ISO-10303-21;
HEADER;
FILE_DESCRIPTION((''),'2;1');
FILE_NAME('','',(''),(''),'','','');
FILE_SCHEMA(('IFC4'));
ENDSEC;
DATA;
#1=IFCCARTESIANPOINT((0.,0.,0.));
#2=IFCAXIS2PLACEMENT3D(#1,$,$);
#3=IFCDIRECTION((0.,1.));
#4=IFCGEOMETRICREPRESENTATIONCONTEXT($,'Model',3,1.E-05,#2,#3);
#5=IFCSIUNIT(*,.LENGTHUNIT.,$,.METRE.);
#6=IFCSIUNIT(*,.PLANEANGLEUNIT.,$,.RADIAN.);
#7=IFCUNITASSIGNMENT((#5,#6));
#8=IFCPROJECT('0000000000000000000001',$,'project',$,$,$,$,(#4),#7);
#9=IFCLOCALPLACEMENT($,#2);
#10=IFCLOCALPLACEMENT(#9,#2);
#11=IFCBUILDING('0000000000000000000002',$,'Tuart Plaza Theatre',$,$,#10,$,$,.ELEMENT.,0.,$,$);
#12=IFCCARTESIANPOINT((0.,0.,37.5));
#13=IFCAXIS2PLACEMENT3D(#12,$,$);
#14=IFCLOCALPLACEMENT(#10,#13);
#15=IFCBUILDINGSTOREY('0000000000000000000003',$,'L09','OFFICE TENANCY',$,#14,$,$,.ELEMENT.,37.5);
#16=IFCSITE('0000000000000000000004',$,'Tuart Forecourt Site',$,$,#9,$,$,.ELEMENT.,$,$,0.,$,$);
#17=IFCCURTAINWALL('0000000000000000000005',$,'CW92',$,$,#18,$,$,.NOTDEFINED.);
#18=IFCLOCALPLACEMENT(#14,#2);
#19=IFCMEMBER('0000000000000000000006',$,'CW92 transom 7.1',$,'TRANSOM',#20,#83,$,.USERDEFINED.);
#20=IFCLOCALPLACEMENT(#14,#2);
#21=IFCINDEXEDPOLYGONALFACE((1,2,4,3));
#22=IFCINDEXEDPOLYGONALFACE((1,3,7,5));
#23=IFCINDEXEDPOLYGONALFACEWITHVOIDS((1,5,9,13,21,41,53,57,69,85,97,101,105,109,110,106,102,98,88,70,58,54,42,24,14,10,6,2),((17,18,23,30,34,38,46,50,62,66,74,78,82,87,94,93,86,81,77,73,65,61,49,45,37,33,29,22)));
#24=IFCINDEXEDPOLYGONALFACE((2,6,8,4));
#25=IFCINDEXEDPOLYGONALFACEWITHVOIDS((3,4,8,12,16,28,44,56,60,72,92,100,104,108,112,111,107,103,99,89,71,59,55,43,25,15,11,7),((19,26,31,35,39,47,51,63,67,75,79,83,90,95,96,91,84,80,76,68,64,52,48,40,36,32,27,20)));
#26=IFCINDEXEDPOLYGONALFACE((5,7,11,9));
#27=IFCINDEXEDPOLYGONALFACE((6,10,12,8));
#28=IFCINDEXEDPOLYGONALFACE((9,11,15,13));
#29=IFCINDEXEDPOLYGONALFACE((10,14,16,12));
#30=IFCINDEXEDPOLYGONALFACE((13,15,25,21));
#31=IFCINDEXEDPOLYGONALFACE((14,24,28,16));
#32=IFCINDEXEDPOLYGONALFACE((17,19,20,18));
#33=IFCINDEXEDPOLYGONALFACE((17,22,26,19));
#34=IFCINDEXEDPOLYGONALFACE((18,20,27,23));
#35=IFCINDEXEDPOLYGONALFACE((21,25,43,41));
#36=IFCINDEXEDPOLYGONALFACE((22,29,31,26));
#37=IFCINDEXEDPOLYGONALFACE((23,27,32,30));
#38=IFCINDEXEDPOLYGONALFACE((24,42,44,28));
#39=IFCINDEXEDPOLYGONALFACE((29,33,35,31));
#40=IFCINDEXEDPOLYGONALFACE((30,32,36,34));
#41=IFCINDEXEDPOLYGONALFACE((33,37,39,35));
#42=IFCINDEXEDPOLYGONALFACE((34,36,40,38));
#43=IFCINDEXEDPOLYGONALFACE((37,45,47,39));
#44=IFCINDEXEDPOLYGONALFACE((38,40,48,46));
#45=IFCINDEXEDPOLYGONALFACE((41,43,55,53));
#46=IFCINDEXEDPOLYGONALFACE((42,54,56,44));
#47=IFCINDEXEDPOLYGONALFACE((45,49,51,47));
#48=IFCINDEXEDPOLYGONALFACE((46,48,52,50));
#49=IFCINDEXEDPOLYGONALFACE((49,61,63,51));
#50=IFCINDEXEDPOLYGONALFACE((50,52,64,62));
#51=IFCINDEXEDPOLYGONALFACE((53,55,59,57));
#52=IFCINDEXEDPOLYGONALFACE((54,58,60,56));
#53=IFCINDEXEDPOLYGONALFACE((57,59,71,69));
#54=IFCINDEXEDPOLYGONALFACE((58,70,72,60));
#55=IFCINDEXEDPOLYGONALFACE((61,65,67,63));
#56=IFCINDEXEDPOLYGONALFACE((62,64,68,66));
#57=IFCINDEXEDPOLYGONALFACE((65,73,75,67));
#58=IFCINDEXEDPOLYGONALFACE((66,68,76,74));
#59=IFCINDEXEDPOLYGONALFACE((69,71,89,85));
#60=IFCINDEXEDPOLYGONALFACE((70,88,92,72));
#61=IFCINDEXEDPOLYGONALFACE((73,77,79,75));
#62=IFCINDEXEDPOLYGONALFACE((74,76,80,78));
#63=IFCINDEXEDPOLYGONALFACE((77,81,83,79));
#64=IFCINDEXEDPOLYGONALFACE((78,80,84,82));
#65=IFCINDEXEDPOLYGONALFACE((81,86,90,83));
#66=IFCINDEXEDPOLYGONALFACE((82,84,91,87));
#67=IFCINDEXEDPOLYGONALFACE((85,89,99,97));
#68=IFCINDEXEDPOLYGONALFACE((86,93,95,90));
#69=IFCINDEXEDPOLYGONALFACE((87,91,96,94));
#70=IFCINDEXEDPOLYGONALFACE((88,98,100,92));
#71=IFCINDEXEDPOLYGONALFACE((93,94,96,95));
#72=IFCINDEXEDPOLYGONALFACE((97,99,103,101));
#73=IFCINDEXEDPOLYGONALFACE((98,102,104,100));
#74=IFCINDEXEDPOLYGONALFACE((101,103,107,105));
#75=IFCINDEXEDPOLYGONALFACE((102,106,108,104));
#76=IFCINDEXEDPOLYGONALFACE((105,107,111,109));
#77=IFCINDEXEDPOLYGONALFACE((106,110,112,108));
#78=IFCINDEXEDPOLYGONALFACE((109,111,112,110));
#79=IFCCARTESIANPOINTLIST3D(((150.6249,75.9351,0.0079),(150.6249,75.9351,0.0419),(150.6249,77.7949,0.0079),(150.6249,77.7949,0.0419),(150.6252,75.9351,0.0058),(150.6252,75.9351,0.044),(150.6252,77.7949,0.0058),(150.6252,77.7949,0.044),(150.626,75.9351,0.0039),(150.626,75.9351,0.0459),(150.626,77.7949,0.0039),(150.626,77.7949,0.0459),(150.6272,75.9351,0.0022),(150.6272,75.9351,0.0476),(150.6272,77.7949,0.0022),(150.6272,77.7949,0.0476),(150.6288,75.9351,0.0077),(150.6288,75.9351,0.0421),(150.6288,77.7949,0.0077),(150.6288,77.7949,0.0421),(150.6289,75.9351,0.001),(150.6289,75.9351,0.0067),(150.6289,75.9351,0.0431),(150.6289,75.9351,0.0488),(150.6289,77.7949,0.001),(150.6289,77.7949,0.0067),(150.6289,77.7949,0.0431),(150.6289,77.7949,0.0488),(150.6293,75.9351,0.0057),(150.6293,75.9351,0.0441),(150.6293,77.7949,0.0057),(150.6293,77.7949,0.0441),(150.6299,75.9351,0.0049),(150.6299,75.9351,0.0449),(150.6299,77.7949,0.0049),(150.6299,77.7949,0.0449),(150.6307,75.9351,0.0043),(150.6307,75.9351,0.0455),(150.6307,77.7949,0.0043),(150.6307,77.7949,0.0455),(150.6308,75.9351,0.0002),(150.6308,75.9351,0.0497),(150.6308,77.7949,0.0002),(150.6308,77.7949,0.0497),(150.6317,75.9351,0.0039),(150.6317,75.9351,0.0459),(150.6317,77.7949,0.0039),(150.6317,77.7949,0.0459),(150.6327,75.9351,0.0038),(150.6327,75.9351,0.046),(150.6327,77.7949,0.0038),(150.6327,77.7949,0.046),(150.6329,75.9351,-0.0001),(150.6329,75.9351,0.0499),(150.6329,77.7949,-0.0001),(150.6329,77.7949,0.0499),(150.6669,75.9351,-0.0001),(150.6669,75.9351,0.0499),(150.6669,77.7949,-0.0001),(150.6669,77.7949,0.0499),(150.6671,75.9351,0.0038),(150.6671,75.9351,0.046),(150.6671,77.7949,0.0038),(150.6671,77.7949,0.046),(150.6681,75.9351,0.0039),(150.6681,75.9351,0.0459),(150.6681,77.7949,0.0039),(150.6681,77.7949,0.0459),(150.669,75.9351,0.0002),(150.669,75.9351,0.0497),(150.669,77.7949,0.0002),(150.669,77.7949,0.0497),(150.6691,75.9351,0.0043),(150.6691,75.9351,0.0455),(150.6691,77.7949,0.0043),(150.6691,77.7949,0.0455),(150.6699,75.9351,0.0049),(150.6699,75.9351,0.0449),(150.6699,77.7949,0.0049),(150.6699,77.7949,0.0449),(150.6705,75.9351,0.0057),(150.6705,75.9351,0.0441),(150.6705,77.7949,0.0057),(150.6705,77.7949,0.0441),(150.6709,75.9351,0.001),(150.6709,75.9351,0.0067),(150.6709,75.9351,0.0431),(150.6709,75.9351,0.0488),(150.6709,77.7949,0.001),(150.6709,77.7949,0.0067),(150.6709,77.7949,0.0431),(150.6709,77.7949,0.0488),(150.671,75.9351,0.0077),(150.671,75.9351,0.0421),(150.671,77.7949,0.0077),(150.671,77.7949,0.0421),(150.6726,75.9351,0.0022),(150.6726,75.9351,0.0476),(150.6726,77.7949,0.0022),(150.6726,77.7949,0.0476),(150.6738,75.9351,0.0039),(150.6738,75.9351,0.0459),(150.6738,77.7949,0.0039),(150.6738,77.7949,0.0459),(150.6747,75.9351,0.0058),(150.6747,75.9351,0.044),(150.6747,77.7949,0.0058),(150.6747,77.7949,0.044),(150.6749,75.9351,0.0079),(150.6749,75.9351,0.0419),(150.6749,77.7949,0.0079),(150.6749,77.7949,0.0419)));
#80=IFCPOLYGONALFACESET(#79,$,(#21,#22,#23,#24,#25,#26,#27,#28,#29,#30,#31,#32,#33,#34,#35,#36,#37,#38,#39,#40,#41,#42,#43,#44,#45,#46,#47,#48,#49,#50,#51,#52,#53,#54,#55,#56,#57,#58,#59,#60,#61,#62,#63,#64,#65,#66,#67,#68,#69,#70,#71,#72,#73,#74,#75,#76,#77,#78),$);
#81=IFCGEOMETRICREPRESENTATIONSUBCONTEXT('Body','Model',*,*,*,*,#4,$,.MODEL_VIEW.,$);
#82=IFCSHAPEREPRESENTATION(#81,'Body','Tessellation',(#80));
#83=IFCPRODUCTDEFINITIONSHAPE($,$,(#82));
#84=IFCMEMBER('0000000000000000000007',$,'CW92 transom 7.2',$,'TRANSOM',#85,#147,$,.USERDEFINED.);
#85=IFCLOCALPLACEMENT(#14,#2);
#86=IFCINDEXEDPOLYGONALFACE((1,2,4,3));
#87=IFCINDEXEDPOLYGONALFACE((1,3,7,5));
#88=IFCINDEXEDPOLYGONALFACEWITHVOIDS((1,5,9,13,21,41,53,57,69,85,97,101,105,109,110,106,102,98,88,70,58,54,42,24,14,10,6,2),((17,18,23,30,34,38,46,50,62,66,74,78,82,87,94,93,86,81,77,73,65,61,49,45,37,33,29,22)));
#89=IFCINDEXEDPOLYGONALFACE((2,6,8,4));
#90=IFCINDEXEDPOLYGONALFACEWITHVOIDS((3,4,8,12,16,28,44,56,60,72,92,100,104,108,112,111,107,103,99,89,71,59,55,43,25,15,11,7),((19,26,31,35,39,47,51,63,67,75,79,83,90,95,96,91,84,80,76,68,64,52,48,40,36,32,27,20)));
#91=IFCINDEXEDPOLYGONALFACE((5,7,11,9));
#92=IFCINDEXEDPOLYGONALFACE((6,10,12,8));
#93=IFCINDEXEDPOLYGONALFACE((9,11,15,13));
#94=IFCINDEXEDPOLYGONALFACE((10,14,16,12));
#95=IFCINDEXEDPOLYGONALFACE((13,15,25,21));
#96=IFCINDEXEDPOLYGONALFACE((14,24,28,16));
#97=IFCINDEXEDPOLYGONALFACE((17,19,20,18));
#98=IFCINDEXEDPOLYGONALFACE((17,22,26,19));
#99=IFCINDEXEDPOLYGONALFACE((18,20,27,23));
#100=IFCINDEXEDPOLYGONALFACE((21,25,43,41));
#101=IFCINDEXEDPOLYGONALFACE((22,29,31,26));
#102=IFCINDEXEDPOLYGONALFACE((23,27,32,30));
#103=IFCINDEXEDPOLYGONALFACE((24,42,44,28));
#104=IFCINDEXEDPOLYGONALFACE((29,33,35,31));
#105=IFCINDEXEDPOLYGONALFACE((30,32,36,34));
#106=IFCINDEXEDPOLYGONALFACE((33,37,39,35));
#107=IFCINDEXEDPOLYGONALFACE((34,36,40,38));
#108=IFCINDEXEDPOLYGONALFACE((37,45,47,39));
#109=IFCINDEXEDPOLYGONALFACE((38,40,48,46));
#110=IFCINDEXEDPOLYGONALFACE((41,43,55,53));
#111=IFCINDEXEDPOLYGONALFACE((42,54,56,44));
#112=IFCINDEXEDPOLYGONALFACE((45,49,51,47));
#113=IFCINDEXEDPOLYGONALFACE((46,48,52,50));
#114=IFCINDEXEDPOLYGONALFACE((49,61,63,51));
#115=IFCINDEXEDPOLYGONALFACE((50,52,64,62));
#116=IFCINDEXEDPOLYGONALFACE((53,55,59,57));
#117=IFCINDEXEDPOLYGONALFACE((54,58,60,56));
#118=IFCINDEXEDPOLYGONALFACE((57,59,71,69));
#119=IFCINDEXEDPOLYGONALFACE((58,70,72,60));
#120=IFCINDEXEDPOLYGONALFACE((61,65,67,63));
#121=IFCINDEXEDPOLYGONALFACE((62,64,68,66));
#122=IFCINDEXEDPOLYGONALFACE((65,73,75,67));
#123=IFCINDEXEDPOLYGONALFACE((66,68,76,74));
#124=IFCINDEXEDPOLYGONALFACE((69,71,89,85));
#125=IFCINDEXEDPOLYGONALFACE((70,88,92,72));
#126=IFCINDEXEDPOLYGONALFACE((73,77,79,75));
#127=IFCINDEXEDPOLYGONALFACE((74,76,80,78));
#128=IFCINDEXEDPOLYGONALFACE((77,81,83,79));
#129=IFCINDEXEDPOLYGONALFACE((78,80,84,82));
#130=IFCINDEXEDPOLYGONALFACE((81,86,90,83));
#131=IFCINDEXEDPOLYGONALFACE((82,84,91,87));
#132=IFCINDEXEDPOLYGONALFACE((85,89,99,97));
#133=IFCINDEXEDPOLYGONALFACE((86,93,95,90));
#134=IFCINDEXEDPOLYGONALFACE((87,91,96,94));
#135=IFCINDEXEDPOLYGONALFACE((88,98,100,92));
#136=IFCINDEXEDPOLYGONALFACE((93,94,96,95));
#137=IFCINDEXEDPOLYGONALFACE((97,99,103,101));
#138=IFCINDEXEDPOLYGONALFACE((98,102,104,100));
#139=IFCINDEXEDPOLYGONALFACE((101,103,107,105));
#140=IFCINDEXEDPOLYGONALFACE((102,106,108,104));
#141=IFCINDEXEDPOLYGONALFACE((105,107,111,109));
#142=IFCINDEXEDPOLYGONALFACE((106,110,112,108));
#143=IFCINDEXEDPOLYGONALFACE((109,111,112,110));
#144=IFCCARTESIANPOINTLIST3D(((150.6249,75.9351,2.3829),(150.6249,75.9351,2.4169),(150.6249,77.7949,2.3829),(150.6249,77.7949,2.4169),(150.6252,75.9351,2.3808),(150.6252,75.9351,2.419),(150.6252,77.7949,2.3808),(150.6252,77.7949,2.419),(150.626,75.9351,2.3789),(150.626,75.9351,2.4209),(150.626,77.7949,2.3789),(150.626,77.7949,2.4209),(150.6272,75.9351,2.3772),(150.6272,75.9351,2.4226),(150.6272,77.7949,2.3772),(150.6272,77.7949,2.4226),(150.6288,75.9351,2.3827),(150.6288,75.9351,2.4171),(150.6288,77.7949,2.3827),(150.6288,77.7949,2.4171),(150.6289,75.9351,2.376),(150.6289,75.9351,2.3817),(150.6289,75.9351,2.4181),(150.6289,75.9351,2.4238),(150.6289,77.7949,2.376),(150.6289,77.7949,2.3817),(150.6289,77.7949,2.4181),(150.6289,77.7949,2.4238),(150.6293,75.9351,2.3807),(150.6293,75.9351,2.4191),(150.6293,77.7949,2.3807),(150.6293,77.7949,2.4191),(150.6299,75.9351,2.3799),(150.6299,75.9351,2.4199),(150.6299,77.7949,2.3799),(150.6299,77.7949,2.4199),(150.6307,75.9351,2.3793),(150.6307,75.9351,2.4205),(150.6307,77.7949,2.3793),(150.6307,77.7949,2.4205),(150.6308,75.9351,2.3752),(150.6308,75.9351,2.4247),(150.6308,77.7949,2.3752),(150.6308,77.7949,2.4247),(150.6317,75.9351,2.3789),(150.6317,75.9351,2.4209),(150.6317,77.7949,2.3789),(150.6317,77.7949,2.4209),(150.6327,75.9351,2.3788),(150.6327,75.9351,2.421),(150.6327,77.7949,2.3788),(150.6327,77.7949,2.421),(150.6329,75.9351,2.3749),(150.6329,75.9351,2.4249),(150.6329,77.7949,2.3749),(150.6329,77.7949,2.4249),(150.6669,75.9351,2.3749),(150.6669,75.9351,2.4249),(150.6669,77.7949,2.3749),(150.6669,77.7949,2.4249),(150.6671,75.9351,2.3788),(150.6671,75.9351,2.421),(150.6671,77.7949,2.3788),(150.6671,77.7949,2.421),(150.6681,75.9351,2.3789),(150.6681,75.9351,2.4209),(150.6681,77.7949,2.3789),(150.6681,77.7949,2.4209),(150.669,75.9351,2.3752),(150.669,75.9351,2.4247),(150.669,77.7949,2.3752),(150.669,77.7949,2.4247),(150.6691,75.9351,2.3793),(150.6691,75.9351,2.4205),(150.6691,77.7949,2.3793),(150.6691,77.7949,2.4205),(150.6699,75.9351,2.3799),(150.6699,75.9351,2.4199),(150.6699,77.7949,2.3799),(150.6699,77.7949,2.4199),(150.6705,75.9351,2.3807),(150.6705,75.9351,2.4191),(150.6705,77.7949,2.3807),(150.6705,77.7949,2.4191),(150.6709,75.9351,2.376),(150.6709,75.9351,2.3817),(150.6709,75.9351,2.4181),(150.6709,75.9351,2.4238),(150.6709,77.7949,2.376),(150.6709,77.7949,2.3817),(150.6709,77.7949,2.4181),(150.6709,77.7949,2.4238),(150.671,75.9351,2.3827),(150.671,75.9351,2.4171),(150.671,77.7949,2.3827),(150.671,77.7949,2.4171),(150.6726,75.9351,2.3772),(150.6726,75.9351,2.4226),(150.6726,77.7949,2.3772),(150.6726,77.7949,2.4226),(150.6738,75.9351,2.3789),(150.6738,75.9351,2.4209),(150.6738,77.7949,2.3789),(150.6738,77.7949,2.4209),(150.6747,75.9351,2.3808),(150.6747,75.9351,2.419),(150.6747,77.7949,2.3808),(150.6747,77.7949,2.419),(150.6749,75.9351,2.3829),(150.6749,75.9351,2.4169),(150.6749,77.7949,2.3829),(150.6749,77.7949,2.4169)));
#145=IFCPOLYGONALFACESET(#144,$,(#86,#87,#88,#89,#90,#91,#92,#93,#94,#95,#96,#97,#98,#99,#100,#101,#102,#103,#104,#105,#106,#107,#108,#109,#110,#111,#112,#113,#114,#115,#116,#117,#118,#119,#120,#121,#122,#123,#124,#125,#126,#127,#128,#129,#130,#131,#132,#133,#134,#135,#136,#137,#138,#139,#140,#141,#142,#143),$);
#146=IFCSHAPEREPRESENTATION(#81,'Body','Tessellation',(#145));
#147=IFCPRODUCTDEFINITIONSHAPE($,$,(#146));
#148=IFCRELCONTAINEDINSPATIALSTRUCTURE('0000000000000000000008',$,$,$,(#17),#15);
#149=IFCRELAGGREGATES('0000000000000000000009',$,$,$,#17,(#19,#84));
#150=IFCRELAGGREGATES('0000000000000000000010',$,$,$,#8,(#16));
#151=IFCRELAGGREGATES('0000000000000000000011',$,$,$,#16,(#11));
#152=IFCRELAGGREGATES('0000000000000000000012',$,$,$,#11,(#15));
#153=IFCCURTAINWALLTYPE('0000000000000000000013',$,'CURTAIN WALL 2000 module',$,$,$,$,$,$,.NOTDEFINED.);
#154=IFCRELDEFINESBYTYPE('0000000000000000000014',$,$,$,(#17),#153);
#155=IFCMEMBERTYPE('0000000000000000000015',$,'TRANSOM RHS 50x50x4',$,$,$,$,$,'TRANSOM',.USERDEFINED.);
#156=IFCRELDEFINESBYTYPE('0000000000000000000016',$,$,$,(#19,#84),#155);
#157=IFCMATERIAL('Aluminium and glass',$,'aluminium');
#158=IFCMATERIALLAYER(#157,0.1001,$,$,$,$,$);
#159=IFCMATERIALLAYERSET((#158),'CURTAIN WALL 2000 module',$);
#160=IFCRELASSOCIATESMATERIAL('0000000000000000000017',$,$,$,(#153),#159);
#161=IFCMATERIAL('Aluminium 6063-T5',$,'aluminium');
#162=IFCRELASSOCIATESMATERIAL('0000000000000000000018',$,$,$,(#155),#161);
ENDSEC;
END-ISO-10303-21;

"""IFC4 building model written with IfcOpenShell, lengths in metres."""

from ifc_helpers import new_model, si_unit, direction, frame, origin, origin_2d, place, context, subcontext, project, spatial, hollow_rectangle, extrude, material, layer, layer_set, material_profile, profile_set, type_object, element, aggregate, save


model = new_model("IFC4")

# Units and contexts
model_context = context("Model", 3, precision=1e-05, world=origin(), true_north=direction((0.0, 1.0)))
body_context = subcontext(model_context, "Body", "Model", "MODEL_VIEW")
ifc_project = project(units=[si_unit("LENGTHUNIT", "METRE"), si_unit("PLANEANGLEUNIT", "RADIAN")], contexts=[model_context])

# Site, building, storey
site_placement = place(None, origin())
site = spatial("IfcSite", under=ifc_project, at=site_placement, Name="Tuart Forecourt Site", CompositionType="ELEMENT", RefElevation=0.0)
building_placement = place(site_placement, origin())
building = spatial("IfcBuilding", under=site, at=building_placement, Name="Tuart Plaza Theatre", CompositionType="ELEMENT", ElevationOfRefHeight=0.0)
storey_placement = place(building_placement, frame((0.0, 0.0, 37.5)))
storey = spatial("IfcBuildingStorey", under=building, at=storey_placement, Name="L09", Description="OFFICE TENANCY", CompositionType="ELEMENT", Elevation=37.5)

# Curtain wall, members
ifc_material_1 = material(Name="Aluminium and glass", Category="aluminium")
ifc_layer_1 = layer(ifc_material_1, 0.1001)
ifc_layer_set_1 = layer_set([ifc_layer_1], Name="CURTAIN WALL 2000 module")
curtain_wall_type = type_object("IfcCurtainWallType", Name="CURTAIN WALL 2000 module", PredefinedType="NOTDEFINED", material=ifc_layer_set_1)
curtain_wall_placement = place(storey_placement, origin())
curtain_wall = element("IfcCurtainWall", 1, at=curtain_wall_placement, inside=storey, type_object=curtain_wall_type, Name="CW92", PredefinedType="NOTDEFINED")
ifc_material_2 = material(Name="Aluminium 6063-T5", Category="aluminium")
ifc_material_profile_1 = material_profile(ifc_material_2, hollow_rectangle(XDim=0.05, YDim=0.05, WallThickness=0.0039, InnerFilletRadius=0.0039, OuterFilletRadius=0.0081, at=origin_2d()), Name="RHS 50x50x4")
ifc_profile_set_1 = profile_set([ifc_material_profile_1], Name="Aluminium 6063-T5")
member_type_1 = type_object("IfcMemberType", Name="TRANSOM RHS 50x50x4", ElementType="TRANSOM", PredefinedType="USERDEFINED", material=ifc_profile_set_1)
member_1_placement = place(storey_placement, frame((150.6499, 75.9351, 0.0249), z_axis=(0.0, 1.0, 0.0), x_axis=(-1.0, 0.0, 0.0)))
member_1 = element("IfcMember", 2, at=member_1_placement, type_object=member_type_1, Name="CW92 transom 7.1", ObjectType="TRANSOM", PredefinedType="USERDEFINED", context=body_context, shape_type="SweptSolid", body=[
    extrude(hollow_rectangle(XDim=0.05, YDim=0.05, WallThickness=0.0039, InnerFilletRadius=0.0039, OuterFilletRadius=0.0081, at=origin_2d()), origin(), (0.0, 0.0, 1.0), 1.8599),
])
member_2_placement = place(storey_placement, frame((150.6499, 75.9351, 2.3999), z_axis=(0.0, 1.0, 0.0), x_axis=(-1.0, 0.0, 0.0)))
member_2 = element("IfcMember", 3, at=member_2_placement, type_object=member_type_1, Name="CW92 transom 7.2", ObjectType="TRANSOM", PredefinedType="USERDEFINED", context=body_context, shape_type="SweptSolid", body=[
    extrude(hollow_rectangle(XDim=0.05, YDim=0.05, WallThickness=0.0039, InnerFilletRadius=0.0039, OuterFilletRadius=0.0081, at=origin_2d()), origin(), (0.0, 0.0, 1.0), 1.8599),
])
aggregate(curtain_wall, [member_1, member_2])

save(model, "model.ifc")
